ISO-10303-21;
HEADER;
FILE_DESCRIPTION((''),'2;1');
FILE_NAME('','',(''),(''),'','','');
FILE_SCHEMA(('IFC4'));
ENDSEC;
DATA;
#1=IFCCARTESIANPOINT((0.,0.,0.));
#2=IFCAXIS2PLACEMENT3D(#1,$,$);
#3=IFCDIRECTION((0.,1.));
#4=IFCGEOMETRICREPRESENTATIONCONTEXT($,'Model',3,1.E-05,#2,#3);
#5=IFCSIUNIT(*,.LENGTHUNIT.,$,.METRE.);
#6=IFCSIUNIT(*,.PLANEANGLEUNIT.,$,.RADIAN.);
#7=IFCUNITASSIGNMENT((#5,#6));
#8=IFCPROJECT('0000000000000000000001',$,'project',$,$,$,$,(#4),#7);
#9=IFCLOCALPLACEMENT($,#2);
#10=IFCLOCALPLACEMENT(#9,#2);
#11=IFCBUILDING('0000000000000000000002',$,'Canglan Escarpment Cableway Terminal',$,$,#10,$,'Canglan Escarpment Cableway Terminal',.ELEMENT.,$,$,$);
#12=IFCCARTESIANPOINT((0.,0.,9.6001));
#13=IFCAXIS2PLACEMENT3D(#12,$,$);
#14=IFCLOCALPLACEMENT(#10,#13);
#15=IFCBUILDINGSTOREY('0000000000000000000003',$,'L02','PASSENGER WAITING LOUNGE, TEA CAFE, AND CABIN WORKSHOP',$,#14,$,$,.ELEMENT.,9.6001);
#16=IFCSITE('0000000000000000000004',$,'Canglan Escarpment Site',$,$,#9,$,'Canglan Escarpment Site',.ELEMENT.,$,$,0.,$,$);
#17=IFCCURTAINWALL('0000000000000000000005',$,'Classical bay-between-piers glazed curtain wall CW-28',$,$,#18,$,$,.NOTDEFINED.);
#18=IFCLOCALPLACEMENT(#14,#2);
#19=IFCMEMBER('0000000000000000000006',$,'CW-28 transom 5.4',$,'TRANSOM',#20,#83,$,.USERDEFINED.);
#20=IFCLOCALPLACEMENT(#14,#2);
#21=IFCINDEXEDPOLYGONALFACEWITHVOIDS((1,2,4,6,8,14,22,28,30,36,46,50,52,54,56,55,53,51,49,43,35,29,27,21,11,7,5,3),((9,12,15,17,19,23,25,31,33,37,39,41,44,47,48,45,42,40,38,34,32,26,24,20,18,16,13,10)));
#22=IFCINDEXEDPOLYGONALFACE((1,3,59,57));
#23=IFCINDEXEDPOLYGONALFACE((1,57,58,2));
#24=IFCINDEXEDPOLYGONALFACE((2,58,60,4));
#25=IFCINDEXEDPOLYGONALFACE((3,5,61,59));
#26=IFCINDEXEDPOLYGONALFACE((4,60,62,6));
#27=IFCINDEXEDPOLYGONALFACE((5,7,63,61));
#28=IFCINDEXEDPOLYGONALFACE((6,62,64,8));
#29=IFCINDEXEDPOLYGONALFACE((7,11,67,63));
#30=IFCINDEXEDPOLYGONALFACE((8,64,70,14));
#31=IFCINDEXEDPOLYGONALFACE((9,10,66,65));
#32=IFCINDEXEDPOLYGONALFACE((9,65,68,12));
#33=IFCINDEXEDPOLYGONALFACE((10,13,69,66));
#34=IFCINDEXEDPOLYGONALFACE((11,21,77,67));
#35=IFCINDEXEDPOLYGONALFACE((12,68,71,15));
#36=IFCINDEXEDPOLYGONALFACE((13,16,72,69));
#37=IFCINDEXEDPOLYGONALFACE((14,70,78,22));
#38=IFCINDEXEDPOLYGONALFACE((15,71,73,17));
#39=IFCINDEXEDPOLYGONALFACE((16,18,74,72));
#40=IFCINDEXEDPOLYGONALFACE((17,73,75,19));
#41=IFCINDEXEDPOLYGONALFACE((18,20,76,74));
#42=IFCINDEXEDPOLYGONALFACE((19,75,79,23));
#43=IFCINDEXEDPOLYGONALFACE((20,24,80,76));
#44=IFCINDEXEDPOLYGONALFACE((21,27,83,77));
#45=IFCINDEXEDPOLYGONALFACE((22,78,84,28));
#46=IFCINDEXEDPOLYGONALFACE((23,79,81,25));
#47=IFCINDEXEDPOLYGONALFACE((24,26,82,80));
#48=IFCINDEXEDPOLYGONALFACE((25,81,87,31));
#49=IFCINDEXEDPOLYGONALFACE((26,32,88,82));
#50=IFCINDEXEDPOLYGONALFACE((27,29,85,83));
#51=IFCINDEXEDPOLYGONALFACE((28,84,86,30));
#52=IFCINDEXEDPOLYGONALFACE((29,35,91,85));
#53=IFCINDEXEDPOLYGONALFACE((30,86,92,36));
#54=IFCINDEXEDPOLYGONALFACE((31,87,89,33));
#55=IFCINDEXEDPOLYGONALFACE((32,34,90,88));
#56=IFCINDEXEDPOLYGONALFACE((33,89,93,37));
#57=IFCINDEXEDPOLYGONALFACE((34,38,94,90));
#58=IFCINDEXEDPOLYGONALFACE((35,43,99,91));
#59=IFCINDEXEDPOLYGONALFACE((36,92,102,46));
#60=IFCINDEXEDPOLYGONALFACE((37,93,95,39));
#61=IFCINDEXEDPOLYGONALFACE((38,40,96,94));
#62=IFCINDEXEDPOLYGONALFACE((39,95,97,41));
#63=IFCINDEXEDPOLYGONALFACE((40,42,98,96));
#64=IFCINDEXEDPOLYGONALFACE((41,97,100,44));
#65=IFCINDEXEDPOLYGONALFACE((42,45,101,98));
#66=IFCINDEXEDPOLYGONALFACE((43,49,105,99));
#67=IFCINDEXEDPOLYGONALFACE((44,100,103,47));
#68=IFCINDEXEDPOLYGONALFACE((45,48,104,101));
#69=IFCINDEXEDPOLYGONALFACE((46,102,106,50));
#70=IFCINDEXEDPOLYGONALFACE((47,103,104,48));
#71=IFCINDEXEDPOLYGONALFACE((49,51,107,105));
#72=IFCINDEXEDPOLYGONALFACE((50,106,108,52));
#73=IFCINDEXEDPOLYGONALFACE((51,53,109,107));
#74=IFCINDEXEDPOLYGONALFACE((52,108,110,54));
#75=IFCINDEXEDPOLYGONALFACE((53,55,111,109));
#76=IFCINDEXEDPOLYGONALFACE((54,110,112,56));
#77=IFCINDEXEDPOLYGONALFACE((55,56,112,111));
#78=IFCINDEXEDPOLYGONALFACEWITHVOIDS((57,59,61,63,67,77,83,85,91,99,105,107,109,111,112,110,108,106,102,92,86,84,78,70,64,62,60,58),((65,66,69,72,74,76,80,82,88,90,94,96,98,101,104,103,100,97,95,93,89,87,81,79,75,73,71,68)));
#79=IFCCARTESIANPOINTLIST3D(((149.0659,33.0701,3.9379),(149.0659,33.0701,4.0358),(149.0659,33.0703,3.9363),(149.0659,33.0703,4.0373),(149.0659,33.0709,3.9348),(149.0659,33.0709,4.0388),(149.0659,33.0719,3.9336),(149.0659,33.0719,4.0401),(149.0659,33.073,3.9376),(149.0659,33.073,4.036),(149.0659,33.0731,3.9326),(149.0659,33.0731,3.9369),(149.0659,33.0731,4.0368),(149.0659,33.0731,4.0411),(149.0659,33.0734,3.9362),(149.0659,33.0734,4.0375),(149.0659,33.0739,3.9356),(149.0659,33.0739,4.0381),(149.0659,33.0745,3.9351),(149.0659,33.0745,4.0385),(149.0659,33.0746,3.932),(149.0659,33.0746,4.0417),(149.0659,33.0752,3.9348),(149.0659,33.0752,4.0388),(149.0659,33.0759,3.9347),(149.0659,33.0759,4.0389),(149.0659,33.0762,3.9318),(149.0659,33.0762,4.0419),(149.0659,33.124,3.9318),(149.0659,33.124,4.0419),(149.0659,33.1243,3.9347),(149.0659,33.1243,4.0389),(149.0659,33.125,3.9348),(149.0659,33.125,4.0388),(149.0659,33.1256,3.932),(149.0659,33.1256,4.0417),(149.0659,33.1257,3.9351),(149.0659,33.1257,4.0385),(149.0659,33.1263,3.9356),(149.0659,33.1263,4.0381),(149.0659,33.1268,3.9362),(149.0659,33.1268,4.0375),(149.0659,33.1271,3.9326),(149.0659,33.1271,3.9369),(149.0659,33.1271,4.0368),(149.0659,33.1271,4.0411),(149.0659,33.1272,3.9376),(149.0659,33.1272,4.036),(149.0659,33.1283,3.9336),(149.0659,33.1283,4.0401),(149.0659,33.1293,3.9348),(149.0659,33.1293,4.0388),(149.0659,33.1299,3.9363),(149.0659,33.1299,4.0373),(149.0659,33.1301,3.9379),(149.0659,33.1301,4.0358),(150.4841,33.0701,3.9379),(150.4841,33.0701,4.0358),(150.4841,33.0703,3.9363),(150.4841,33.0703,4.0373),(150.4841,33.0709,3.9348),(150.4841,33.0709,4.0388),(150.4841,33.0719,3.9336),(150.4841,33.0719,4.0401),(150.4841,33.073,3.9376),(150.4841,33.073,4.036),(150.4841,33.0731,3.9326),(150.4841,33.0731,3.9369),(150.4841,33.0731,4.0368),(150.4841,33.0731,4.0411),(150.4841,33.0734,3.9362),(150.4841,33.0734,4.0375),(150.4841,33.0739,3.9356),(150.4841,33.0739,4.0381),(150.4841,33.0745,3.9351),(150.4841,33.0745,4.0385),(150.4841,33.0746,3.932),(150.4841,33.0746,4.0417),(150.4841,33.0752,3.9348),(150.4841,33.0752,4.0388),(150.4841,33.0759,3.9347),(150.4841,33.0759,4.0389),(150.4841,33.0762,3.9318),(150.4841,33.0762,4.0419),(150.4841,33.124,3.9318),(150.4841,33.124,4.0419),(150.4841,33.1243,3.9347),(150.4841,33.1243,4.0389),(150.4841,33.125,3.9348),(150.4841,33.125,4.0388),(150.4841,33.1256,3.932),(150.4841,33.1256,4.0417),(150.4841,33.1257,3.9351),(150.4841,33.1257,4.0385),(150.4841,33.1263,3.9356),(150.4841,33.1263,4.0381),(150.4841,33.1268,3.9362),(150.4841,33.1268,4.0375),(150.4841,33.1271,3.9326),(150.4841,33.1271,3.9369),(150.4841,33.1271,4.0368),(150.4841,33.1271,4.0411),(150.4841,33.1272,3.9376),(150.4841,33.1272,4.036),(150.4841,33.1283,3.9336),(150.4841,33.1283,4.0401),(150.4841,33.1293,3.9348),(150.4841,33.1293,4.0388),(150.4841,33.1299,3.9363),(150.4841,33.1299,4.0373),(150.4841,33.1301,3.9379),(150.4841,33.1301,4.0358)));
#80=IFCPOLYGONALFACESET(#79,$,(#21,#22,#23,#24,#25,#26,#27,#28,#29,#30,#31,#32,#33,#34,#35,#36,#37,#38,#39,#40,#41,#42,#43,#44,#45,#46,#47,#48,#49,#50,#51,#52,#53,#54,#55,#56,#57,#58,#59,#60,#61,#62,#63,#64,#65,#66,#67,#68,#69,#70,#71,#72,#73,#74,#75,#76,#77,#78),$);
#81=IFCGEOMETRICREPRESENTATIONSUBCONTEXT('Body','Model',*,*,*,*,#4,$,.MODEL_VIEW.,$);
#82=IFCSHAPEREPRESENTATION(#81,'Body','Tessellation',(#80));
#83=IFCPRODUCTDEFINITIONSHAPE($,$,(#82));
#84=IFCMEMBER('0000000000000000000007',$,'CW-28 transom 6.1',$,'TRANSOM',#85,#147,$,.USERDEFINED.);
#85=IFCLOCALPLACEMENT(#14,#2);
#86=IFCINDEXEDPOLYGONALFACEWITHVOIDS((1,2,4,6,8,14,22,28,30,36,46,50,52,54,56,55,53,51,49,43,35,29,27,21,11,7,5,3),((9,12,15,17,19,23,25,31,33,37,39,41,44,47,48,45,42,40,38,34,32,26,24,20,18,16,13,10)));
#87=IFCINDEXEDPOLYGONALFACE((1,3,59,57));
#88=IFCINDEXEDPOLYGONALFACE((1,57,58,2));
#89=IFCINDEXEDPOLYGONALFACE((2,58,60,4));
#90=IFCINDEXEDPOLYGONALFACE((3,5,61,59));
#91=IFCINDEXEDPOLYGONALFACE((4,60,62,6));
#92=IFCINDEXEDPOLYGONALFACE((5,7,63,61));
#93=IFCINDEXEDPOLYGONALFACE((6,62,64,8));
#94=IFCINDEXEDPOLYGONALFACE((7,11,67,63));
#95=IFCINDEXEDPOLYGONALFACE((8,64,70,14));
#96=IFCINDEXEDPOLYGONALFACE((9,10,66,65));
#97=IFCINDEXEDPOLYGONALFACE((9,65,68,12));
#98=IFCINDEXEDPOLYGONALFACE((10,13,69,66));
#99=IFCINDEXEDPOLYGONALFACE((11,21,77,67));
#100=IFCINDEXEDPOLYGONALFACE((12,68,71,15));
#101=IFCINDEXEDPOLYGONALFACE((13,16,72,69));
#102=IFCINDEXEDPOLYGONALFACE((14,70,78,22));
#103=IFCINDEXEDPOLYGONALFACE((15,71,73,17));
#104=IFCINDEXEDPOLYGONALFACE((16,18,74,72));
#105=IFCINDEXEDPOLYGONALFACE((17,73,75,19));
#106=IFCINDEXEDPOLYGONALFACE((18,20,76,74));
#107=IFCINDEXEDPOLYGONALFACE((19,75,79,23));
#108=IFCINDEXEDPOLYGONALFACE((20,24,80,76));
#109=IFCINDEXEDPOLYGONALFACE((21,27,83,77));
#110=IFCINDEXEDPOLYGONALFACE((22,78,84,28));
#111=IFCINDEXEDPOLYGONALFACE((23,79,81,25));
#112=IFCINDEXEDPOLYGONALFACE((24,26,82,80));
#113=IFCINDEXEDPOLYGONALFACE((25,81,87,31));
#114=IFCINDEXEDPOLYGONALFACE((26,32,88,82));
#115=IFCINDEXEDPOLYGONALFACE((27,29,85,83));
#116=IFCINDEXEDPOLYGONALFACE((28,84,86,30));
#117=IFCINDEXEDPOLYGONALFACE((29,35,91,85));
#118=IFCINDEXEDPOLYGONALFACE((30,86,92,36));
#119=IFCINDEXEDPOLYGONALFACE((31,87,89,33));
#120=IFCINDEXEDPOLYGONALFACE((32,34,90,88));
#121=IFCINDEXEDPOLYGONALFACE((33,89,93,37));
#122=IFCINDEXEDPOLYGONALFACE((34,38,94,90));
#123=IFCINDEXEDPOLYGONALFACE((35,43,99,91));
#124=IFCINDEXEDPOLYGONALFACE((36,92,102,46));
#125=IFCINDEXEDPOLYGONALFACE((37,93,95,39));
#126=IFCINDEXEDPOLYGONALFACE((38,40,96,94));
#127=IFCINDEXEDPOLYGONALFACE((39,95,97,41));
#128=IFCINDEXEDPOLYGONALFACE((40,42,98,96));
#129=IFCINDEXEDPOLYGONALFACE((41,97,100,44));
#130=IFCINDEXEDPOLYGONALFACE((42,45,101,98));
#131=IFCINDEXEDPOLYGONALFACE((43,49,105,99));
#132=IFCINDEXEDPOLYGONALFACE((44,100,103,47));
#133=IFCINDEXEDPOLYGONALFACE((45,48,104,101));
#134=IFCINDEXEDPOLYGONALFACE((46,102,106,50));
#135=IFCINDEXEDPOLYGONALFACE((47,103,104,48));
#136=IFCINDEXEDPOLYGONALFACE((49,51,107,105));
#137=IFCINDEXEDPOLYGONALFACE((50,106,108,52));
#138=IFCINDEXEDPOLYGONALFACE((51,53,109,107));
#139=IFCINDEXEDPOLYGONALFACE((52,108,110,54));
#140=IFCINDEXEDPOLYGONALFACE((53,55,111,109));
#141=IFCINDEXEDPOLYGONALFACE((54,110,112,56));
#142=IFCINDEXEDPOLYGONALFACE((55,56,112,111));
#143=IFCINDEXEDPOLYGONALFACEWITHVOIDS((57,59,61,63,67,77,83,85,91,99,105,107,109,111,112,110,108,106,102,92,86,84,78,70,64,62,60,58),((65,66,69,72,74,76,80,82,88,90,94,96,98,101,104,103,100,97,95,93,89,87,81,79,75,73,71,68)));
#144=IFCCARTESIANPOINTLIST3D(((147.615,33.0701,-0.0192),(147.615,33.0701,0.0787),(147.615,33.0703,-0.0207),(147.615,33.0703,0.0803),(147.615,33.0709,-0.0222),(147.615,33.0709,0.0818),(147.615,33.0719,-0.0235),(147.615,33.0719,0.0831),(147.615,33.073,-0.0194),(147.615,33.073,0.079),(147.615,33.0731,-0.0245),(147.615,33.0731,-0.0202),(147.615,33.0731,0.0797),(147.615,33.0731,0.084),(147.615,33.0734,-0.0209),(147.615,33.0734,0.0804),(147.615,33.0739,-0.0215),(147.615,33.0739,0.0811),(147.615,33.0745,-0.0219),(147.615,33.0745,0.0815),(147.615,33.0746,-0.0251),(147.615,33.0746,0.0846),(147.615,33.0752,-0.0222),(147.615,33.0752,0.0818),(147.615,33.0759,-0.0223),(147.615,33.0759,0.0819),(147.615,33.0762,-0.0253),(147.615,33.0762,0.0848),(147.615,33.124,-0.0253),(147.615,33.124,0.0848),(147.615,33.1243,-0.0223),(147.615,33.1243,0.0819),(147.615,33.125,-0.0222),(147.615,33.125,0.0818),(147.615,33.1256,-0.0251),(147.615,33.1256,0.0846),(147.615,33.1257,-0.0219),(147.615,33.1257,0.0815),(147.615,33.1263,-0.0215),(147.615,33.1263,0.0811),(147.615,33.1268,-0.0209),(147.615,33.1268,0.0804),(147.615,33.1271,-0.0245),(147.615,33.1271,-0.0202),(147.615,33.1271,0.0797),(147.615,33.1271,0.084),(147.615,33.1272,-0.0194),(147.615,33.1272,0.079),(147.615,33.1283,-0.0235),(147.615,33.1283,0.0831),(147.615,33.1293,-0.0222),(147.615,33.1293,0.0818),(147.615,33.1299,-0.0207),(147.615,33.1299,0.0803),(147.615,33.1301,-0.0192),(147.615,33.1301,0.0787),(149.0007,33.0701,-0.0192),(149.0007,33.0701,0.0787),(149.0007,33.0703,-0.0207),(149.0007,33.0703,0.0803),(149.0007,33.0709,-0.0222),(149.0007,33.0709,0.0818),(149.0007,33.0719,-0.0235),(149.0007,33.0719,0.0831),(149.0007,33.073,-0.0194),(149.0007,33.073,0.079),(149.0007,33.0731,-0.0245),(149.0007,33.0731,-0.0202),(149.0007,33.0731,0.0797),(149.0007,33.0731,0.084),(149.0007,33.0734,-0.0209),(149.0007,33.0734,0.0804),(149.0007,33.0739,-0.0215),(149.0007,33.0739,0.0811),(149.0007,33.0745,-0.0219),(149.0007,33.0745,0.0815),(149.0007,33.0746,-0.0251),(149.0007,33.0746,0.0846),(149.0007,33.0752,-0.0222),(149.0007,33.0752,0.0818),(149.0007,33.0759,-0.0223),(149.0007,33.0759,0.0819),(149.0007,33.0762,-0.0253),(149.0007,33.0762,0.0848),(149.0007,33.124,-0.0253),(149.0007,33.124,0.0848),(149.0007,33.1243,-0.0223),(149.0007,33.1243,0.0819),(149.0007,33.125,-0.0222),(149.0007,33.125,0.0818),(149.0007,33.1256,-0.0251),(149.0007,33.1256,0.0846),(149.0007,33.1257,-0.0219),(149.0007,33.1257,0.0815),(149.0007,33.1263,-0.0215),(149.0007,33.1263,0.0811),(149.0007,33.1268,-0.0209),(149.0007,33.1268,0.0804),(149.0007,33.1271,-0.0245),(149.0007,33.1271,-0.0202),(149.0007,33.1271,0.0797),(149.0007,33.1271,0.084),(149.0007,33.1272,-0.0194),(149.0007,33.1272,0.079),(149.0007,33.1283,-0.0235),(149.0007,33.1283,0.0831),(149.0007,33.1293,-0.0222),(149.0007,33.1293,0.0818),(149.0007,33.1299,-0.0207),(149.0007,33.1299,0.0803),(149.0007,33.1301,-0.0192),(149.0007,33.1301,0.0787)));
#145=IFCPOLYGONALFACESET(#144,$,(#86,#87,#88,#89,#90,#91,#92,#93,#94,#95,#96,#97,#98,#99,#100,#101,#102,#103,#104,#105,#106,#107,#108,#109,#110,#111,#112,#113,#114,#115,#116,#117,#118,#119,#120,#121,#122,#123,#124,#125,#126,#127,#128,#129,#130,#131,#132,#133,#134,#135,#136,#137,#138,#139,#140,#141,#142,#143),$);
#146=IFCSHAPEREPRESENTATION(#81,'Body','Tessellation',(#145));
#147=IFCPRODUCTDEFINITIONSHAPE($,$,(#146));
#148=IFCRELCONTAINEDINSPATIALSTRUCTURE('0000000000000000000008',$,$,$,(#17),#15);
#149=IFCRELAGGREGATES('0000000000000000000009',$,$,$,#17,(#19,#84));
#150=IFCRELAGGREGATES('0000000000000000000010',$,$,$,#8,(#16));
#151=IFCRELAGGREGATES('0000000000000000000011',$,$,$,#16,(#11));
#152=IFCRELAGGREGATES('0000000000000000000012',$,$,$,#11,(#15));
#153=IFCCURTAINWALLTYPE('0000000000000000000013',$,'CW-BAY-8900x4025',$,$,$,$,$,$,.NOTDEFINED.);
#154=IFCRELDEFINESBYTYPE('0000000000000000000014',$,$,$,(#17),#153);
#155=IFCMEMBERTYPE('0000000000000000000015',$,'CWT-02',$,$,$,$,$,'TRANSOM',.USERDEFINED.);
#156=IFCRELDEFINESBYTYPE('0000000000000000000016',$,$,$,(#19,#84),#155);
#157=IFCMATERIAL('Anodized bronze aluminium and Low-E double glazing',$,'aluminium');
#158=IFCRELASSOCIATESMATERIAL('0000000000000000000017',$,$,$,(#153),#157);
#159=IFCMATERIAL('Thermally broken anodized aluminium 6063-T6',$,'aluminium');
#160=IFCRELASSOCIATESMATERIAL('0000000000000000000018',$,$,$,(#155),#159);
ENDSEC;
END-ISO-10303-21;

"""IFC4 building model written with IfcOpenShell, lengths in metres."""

from ifc_helpers import new_model, si_unit, direction, frame, origin, origin_2d, place, context, subcontext, project, spatial, hollow_rectangle, extrude, material, material_profile, profile_set, type_object, element, aggregate, save


model = new_model("IFC4")

# Units and contexts
model_context = context("Model", 3, precision=1e-05, world=origin(), true_north=direction((0.0, 1.0)))
body_context = subcontext(model_context, "Body", "Model", "MODEL_VIEW")
ifc_project = project(units=[si_unit("LENGTHUNIT", "METRE"), si_unit("PLANEANGLEUNIT", "RADIAN")], contexts=[model_context])

# Site, building, storey
site_placement = place(None, origin())
site = spatial("IfcSite", under=ifc_project, at=site_placement, Name="Canglan Escarpment Site", LongName="Canglan Escarpment Site", CompositionType="ELEMENT", RefElevation=0.0)
building_placement = place(site_placement, origin())
building = spatial("IfcBuilding", under=site, at=building_placement, Name="Canglan Escarpment Cableway Terminal", LongName="Canglan Escarpment Cableway Terminal", CompositionType="ELEMENT")
storey_placement = place(building_placement, frame((0.0, 0.0, 9.6001)))
storey = spatial("IfcBuildingStorey", under=building, at=storey_placement, Name="L02", Description="PASSENGER WAITING LOUNGE, TEA CAFE, AND CABIN WORKSHOP", CompositionType="ELEMENT", Elevation=9.6001)

# Curtain wall, members
ifc_material_1 = material(Name="Anodized bronze aluminium and Low-E double glazing", Category="aluminium")
curtain_wall_type = type_object("IfcCurtainWallType", Name="CW-BAY-8900x4025", PredefinedType="NOTDEFINED", material=ifc_material_1)
curtain_wall_placement = place(storey_placement, origin())
curtain_wall = element("IfcCurtainWall", 1, at=curtain_wall_placement, inside=storey, type_object=curtain_wall_type, Name="Classical bay-between-piers glazed curtain wall CW-28", PredefinedType="NOTDEFINED")
ifc_material_2 = material(Name="Thermally broken anodized aluminium 6063-T6", Category="aluminium")
ifc_material_profile_1 = material_profile(ifc_material_2, hollow_rectangle(XDim=0.0601, YDim=0.1101, WallThickness=0.0029, InnerFilletRadius=0.0029, OuterFilletRadius=0.0061, at=origin_2d()), Name="ALU-TRAN 60x110x3")
ifc_profile_set_1 = profile_set([ifc_material_profile_1], Name="Thermally broken anodized aluminium 6063-T6")
member_type_1 = type_object("IfcMemberType", Name="CWT-02", ElementType="TRANSOM", PredefinedType="USERDEFINED", material=ifc_profile_set_1)
member_1_placement = place(storey_placement, frame((150.4841, 33.1001, 3.9868), z_axis=(-1.0, 0.0, 0.0), x_axis=(0.0, -1.0, 0.0)))
member_1 = element("IfcMember", 2, at=member_1_placement, type_object=member_type_1, Name="CW-28 transom 5.4", ObjectType="TRANSOM", PredefinedType="USERDEFINED", context=body_context, shape_type="SweptSolid", body=[
    extrude(hollow_rectangle(XDim=0.0601, YDim=0.1101, WallThickness=0.0029, InnerFilletRadius=0.0029, OuterFilletRadius=0.0061, at=origin_2d()), origin(), (0.0, 0.0, 1.0), 1.4182),
])
member_2_placement = place(storey_placement, frame((149.0007, 33.1001, 0.0298), z_axis=(-1.0, 0.0, 0.0), x_axis=(0.0, -1.0, 0.0)))
member_2 = element("IfcMember", 3, at=member_2_placement, type_object=member_type_1, Name="CW-28 transom 6.1", ObjectType="TRANSOM", PredefinedType="USERDEFINED", context=body_context, shape_type="SweptSolid", body=[
    extrude(hollow_rectangle(XDim=0.0601, YDim=0.1101, WallThickness=0.0029, InnerFilletRadius=0.0029, OuterFilletRadius=0.0061, at=origin_2d()), origin(), (0.0, 0.0, 1.0), 1.3857),
])
aggregate(curtain_wall, [member_1, member_2])

save(model, "model.ifc")
